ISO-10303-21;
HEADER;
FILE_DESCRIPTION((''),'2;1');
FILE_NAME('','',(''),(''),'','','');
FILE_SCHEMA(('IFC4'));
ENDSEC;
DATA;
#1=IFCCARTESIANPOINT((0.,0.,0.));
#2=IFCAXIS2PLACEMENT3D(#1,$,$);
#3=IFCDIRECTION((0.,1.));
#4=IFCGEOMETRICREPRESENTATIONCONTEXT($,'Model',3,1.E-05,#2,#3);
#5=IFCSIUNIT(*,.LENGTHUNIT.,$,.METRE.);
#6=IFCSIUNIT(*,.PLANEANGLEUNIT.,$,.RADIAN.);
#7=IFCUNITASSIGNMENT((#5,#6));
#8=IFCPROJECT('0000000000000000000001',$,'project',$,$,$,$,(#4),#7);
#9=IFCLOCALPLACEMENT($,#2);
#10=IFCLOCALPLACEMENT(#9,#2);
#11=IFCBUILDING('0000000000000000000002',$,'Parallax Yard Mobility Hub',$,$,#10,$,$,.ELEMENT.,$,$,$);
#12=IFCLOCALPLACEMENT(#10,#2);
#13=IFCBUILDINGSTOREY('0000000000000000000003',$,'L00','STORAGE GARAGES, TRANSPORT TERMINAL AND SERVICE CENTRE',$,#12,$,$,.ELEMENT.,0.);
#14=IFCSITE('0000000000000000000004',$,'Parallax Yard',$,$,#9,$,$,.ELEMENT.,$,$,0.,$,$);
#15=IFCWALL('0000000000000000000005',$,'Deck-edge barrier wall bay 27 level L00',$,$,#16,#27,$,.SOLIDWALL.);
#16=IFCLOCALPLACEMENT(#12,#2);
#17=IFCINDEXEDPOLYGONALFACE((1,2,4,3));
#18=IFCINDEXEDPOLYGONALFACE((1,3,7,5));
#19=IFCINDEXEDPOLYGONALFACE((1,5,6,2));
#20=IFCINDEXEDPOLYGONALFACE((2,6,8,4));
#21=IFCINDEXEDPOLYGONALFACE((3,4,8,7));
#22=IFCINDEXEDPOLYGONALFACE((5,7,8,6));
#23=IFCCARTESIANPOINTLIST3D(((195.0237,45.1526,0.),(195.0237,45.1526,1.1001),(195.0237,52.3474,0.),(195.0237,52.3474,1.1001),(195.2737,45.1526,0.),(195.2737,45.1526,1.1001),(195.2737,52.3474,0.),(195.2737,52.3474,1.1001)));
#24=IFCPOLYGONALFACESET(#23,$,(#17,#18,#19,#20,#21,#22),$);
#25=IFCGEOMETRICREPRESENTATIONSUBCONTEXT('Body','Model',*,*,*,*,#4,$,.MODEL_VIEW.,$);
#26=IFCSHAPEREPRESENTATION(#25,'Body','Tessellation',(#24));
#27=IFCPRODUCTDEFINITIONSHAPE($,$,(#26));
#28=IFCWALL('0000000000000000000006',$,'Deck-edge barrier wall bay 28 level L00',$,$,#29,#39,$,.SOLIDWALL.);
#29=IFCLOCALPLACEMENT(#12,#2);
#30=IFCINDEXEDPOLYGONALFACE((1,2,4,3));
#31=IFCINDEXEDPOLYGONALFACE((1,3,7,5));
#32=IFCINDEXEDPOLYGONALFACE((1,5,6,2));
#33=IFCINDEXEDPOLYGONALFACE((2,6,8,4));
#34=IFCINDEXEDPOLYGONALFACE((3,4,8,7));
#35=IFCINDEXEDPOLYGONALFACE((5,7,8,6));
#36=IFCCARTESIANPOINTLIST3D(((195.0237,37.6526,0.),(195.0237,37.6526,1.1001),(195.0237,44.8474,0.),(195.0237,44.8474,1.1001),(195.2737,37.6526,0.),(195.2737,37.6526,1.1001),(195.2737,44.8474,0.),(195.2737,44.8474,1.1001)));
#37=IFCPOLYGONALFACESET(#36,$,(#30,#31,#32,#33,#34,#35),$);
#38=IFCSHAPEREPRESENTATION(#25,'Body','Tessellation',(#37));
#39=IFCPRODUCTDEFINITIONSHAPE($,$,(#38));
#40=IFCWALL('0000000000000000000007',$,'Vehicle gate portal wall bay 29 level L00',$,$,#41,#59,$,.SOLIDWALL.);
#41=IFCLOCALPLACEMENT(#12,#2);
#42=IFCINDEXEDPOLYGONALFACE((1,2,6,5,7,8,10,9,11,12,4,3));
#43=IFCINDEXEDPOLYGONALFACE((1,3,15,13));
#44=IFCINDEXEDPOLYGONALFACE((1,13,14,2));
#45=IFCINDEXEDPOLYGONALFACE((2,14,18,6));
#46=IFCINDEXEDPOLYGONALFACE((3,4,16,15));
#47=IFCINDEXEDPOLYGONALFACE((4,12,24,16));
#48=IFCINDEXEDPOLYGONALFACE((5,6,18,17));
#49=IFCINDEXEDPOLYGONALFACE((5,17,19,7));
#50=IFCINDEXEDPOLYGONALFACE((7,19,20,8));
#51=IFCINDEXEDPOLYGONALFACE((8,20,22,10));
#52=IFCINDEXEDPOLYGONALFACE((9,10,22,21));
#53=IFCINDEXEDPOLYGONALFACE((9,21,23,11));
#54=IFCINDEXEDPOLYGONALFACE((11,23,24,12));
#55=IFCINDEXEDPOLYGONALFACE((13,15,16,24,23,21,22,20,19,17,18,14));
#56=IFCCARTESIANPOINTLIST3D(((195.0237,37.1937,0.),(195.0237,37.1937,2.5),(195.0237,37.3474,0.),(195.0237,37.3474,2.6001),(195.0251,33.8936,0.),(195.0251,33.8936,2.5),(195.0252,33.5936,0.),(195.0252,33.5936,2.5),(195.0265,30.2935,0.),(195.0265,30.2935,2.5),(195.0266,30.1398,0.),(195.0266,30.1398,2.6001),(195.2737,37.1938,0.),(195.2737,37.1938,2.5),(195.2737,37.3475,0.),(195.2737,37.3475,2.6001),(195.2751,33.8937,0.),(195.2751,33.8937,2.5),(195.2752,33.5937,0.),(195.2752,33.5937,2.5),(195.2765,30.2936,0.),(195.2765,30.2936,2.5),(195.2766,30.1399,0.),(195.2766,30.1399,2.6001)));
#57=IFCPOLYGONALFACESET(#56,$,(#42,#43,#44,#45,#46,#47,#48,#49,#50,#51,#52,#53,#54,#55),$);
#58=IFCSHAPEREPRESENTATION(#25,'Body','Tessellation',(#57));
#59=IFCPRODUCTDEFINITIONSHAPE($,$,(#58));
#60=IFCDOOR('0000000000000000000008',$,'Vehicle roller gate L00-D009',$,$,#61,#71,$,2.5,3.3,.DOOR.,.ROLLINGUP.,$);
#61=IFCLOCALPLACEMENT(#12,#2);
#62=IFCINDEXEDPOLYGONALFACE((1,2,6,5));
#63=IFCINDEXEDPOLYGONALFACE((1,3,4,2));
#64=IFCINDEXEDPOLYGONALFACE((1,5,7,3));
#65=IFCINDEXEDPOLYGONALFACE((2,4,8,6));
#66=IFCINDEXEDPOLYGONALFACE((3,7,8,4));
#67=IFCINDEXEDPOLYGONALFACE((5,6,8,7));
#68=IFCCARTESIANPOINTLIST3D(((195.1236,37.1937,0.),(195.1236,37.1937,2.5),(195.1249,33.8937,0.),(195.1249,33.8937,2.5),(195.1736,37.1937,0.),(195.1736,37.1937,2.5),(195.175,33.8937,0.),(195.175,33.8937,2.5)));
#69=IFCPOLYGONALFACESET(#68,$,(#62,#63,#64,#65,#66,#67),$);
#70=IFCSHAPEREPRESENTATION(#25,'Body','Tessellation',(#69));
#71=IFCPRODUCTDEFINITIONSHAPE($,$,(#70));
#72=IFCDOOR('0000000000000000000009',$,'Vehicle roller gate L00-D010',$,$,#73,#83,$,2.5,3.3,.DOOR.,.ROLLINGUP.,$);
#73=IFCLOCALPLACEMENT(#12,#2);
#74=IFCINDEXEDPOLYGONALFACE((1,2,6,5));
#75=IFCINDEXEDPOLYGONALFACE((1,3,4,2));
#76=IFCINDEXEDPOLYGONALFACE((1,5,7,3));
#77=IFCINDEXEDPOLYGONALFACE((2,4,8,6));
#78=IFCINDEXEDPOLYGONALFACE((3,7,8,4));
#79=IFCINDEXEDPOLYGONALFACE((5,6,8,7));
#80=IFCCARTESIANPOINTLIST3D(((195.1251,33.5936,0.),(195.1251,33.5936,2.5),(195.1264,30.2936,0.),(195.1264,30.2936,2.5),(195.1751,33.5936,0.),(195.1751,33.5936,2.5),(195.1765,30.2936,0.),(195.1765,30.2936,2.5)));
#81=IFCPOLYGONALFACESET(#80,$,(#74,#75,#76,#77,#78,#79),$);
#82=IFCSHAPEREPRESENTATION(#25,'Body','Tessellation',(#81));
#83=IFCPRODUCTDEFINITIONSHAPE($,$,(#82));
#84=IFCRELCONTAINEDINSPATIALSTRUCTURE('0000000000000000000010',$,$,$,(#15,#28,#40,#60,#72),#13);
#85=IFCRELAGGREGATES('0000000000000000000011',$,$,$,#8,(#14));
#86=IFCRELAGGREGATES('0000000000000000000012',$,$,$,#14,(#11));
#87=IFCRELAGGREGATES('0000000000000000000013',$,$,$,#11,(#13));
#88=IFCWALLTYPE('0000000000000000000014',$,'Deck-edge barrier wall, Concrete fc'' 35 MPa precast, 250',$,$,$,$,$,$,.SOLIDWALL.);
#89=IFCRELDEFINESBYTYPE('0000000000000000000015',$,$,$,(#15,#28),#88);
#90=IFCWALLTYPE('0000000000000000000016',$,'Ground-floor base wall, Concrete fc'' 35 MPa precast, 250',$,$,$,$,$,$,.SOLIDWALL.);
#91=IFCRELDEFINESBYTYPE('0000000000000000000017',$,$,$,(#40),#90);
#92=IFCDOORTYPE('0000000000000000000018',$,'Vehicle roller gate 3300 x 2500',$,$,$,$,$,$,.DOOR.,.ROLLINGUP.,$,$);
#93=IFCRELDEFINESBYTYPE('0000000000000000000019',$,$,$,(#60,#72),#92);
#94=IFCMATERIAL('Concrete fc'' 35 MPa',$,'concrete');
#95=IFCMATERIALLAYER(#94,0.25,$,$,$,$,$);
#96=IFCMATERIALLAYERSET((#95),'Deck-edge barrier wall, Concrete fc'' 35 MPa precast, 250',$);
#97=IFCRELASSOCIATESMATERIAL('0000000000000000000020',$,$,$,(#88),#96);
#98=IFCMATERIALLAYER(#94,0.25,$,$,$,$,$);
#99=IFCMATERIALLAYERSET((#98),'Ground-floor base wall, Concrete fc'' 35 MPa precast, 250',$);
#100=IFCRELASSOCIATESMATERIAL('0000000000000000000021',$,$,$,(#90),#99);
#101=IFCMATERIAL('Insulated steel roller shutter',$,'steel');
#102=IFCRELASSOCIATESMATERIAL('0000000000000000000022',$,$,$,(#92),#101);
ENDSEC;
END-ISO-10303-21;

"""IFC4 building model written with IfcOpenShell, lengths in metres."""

from ifc_helpers import new_model, si_unit, direction, frame, frame_2d, origin, place, context, subcontext, project, spatial, rectangle, extrude, material, layer, layer_set, type_object, element, fill, save


model = new_model("IFC4")

# Units and contexts
model_context = context("Model", 3, precision=1e-05, world=origin(), true_north=direction((0.0, 1.0)))
body_context = subcontext(model_context, "Body", "Model", "MODEL_VIEW")
ifc_project = project(units=[si_unit("LENGTHUNIT", "METRE"), si_unit("PLANEANGLEUNIT", "RADIAN")], contexts=[model_context])

# Site, building, storey
site_placement = place(None, origin())
site = spatial("IfcSite", under=ifc_project, at=site_placement, Name="Parallax Yard", CompositionType="ELEMENT", RefElevation=0.0)
building_placement = place(site_placement, origin())
building = spatial("IfcBuilding", under=site, at=building_placement, Name="Parallax Yard Mobility Hub", CompositionType="ELEMENT")
storey_placement = place(building_placement, origin())
storey = spatial("IfcBuildingStorey", under=building, at=storey_placement, Name="L00", Description="STORAGE GARAGES, TRANSPORT TERMINAL AND SERVICE CENTRE", CompositionType="ELEMENT", Elevation=0.0)

# Walls
ifc_material_1 = material(Name="Concrete fc' 35 MPa", Category="concrete")
ifc_layer_1 = layer(ifc_material_1, 0.25)
ifc_layer_set_1 = layer_set([ifc_layer_1], Name="Deck-edge barrier wall, Concrete fc' 35 MPa precast, 250")
wall_type_1 = type_object("IfcWallType", Name="Deck-edge barrier wall, Concrete fc' 35 MPa precast, 250", PredefinedType="SOLIDWALL", material=ifc_layer_set_1)
for number, where, z_axis, x_axis, name in (
    (1, (195.1487, 52.3474, 0.0), (0.0, 0.0, 1.0), (0.0, -1.0, 0.0), "Deck-edge barrier wall bay 27 level L00"),
    (2, (195.1487, 44.8474, 0.0), (0.0, 0.0, 1.0), (0.0, -1.0, 0.0), "Deck-edge barrier wall bay 28 level L00"),
):
    element("IfcWall", number, at=place(storey_placement, frame(where, z_axis=z_axis, x_axis=x_axis)), inside=storey, type_object=wall_type_1, Name=name, PredefinedType="SOLIDWALL", context=body_context, shape_type="SweptSolid", body=[
        extrude(rectangle(XDim=7.1948, YDim=0.25, at=frame_2d((3.5974, 0.0))), origin(), (0.0, 0.0, 1.0), 1.1001),
    ])

# Wall, openings, doors
ifc_layer_2 = layer(ifc_material_1, 0.25)
ifc_layer_set_2 = layer_set([ifc_layer_2], Name="Ground-floor base wall, Concrete fc' 35 MPa precast, 250")
wall_type_2 = type_object("IfcWallType", Name="Ground-floor base wall, Concrete fc' 35 MPa precast, 250", PredefinedType="SOLIDWALL", material=ifc_layer_set_2)
wall_placement = place(storey_placement, frame((195.1487, 37.3474, 0.0), z_axis=(0.0, 0.0, 1.0), x_axis=(0.000406, -1.0, 0.0)))
wall = element("IfcWall", 3, at=wall_placement, inside=storey, type_object=wall_type_2, Name="Vehicle gate portal wall bay 29 level L00", PredefinedType="SOLIDWALL", context=body_context, shape_type="SweptSolid", body=[
    extrude(rectangle(XDim=7.2075, YDim=0.25, at=frame_2d((3.6038, 0.0))), origin(), (0.0, 0.0, 1.0), 2.6001),
])
opening_1_placement = place(wall_placement, frame((0.1538, 0.0, 0.0)))
opening_1 = element("IfcOpeningElement", 4, at=opening_1_placement, cuts=wall, PredefinedType="OPENING", context=body_context, shape_type="SweptSolid", body=[
    extrude(rectangle(XDim=3.3, YDim=2.5, at=frame_2d((1.6499, 1.25))), frame((0.0, 0.135, 0.0), z_axis=(0.0, -1.0, 0.0), x_axis=(1.0, 0.0, 0.0)), (0.0, 0.0, 1.0), 0.27),
])
opening_2_placement = place(wall_placement, frame((3.7539, 0.0, 0.0)))
opening_2 = element("IfcOpeningElement", 5, at=opening_2_placement, cuts=wall, PredefinedType="OPENING", context=body_context, shape_type="SweptSolid", body=[
    extrude(rectangle(XDim=3.3, YDim=2.5, at=frame_2d((1.6499, 1.25))), frame((0.0, 0.135, 0.0), z_axis=(0.0, -1.0, 0.0), x_axis=(1.0, 0.0, 0.0)), (0.0, 0.0, 1.0), 0.27),
])
ifc_material_2 = material(Name="Insulated steel roller shutter", Category="steel")
door_type = type_object("IfcDoorType", Name="Vehicle roller gate 3300 x 2500", OperationType="ROLLINGUP", PredefinedType="DOOR", material=ifc_material_2)
door_1_placement = place(opening_1_placement, origin())
door_1 = element("IfcDoor", 6, at=door_1_placement, inside=storey, type_object=door_type, Name="Vehicle roller gate L00-D009", OperationType="ROLLINGUP", OverallHeight=2.5, OverallWidth=3.3, PredefinedType="DOOR", context=body_context, shape_type="SweptSolid", body=[
    extrude(rectangle(XDim=3.3, YDim=2.5, at=frame_2d((1.6499, 1.25))), frame((0.0, 0.0249, 0.0), z_axis=(0.0, -1.0, 0.0), x_axis=(1.0, 0.0, 0.0)), (0.0, 0.0, 1.0), 0.05),
])
fill(opening_1, door_1)
door_2_placement = place(opening_2_placement, origin())
door_2 = element("IfcDoor", 7, at=door_2_placement, inside=storey, type_object=door_type, Name="Vehicle roller gate L00-D010", OperationType="ROLLINGUP", OverallHeight=2.5, OverallWidth=3.3, PredefinedType="DOOR", context=body_context, shape_type="SweptSolid", body=[
    extrude(rectangle(XDim=3.3, YDim=2.5, at=frame_2d((1.6499, 1.25))), frame((0.0, 0.0249, 0.0), z_axis=(0.0, -1.0, 0.0), x_axis=(1.0, 0.0, 0.0)), (0.0, 0.0, 1.0), 0.05),
])
fill(opening_2, door_2)

save(model, "model.ifc")
